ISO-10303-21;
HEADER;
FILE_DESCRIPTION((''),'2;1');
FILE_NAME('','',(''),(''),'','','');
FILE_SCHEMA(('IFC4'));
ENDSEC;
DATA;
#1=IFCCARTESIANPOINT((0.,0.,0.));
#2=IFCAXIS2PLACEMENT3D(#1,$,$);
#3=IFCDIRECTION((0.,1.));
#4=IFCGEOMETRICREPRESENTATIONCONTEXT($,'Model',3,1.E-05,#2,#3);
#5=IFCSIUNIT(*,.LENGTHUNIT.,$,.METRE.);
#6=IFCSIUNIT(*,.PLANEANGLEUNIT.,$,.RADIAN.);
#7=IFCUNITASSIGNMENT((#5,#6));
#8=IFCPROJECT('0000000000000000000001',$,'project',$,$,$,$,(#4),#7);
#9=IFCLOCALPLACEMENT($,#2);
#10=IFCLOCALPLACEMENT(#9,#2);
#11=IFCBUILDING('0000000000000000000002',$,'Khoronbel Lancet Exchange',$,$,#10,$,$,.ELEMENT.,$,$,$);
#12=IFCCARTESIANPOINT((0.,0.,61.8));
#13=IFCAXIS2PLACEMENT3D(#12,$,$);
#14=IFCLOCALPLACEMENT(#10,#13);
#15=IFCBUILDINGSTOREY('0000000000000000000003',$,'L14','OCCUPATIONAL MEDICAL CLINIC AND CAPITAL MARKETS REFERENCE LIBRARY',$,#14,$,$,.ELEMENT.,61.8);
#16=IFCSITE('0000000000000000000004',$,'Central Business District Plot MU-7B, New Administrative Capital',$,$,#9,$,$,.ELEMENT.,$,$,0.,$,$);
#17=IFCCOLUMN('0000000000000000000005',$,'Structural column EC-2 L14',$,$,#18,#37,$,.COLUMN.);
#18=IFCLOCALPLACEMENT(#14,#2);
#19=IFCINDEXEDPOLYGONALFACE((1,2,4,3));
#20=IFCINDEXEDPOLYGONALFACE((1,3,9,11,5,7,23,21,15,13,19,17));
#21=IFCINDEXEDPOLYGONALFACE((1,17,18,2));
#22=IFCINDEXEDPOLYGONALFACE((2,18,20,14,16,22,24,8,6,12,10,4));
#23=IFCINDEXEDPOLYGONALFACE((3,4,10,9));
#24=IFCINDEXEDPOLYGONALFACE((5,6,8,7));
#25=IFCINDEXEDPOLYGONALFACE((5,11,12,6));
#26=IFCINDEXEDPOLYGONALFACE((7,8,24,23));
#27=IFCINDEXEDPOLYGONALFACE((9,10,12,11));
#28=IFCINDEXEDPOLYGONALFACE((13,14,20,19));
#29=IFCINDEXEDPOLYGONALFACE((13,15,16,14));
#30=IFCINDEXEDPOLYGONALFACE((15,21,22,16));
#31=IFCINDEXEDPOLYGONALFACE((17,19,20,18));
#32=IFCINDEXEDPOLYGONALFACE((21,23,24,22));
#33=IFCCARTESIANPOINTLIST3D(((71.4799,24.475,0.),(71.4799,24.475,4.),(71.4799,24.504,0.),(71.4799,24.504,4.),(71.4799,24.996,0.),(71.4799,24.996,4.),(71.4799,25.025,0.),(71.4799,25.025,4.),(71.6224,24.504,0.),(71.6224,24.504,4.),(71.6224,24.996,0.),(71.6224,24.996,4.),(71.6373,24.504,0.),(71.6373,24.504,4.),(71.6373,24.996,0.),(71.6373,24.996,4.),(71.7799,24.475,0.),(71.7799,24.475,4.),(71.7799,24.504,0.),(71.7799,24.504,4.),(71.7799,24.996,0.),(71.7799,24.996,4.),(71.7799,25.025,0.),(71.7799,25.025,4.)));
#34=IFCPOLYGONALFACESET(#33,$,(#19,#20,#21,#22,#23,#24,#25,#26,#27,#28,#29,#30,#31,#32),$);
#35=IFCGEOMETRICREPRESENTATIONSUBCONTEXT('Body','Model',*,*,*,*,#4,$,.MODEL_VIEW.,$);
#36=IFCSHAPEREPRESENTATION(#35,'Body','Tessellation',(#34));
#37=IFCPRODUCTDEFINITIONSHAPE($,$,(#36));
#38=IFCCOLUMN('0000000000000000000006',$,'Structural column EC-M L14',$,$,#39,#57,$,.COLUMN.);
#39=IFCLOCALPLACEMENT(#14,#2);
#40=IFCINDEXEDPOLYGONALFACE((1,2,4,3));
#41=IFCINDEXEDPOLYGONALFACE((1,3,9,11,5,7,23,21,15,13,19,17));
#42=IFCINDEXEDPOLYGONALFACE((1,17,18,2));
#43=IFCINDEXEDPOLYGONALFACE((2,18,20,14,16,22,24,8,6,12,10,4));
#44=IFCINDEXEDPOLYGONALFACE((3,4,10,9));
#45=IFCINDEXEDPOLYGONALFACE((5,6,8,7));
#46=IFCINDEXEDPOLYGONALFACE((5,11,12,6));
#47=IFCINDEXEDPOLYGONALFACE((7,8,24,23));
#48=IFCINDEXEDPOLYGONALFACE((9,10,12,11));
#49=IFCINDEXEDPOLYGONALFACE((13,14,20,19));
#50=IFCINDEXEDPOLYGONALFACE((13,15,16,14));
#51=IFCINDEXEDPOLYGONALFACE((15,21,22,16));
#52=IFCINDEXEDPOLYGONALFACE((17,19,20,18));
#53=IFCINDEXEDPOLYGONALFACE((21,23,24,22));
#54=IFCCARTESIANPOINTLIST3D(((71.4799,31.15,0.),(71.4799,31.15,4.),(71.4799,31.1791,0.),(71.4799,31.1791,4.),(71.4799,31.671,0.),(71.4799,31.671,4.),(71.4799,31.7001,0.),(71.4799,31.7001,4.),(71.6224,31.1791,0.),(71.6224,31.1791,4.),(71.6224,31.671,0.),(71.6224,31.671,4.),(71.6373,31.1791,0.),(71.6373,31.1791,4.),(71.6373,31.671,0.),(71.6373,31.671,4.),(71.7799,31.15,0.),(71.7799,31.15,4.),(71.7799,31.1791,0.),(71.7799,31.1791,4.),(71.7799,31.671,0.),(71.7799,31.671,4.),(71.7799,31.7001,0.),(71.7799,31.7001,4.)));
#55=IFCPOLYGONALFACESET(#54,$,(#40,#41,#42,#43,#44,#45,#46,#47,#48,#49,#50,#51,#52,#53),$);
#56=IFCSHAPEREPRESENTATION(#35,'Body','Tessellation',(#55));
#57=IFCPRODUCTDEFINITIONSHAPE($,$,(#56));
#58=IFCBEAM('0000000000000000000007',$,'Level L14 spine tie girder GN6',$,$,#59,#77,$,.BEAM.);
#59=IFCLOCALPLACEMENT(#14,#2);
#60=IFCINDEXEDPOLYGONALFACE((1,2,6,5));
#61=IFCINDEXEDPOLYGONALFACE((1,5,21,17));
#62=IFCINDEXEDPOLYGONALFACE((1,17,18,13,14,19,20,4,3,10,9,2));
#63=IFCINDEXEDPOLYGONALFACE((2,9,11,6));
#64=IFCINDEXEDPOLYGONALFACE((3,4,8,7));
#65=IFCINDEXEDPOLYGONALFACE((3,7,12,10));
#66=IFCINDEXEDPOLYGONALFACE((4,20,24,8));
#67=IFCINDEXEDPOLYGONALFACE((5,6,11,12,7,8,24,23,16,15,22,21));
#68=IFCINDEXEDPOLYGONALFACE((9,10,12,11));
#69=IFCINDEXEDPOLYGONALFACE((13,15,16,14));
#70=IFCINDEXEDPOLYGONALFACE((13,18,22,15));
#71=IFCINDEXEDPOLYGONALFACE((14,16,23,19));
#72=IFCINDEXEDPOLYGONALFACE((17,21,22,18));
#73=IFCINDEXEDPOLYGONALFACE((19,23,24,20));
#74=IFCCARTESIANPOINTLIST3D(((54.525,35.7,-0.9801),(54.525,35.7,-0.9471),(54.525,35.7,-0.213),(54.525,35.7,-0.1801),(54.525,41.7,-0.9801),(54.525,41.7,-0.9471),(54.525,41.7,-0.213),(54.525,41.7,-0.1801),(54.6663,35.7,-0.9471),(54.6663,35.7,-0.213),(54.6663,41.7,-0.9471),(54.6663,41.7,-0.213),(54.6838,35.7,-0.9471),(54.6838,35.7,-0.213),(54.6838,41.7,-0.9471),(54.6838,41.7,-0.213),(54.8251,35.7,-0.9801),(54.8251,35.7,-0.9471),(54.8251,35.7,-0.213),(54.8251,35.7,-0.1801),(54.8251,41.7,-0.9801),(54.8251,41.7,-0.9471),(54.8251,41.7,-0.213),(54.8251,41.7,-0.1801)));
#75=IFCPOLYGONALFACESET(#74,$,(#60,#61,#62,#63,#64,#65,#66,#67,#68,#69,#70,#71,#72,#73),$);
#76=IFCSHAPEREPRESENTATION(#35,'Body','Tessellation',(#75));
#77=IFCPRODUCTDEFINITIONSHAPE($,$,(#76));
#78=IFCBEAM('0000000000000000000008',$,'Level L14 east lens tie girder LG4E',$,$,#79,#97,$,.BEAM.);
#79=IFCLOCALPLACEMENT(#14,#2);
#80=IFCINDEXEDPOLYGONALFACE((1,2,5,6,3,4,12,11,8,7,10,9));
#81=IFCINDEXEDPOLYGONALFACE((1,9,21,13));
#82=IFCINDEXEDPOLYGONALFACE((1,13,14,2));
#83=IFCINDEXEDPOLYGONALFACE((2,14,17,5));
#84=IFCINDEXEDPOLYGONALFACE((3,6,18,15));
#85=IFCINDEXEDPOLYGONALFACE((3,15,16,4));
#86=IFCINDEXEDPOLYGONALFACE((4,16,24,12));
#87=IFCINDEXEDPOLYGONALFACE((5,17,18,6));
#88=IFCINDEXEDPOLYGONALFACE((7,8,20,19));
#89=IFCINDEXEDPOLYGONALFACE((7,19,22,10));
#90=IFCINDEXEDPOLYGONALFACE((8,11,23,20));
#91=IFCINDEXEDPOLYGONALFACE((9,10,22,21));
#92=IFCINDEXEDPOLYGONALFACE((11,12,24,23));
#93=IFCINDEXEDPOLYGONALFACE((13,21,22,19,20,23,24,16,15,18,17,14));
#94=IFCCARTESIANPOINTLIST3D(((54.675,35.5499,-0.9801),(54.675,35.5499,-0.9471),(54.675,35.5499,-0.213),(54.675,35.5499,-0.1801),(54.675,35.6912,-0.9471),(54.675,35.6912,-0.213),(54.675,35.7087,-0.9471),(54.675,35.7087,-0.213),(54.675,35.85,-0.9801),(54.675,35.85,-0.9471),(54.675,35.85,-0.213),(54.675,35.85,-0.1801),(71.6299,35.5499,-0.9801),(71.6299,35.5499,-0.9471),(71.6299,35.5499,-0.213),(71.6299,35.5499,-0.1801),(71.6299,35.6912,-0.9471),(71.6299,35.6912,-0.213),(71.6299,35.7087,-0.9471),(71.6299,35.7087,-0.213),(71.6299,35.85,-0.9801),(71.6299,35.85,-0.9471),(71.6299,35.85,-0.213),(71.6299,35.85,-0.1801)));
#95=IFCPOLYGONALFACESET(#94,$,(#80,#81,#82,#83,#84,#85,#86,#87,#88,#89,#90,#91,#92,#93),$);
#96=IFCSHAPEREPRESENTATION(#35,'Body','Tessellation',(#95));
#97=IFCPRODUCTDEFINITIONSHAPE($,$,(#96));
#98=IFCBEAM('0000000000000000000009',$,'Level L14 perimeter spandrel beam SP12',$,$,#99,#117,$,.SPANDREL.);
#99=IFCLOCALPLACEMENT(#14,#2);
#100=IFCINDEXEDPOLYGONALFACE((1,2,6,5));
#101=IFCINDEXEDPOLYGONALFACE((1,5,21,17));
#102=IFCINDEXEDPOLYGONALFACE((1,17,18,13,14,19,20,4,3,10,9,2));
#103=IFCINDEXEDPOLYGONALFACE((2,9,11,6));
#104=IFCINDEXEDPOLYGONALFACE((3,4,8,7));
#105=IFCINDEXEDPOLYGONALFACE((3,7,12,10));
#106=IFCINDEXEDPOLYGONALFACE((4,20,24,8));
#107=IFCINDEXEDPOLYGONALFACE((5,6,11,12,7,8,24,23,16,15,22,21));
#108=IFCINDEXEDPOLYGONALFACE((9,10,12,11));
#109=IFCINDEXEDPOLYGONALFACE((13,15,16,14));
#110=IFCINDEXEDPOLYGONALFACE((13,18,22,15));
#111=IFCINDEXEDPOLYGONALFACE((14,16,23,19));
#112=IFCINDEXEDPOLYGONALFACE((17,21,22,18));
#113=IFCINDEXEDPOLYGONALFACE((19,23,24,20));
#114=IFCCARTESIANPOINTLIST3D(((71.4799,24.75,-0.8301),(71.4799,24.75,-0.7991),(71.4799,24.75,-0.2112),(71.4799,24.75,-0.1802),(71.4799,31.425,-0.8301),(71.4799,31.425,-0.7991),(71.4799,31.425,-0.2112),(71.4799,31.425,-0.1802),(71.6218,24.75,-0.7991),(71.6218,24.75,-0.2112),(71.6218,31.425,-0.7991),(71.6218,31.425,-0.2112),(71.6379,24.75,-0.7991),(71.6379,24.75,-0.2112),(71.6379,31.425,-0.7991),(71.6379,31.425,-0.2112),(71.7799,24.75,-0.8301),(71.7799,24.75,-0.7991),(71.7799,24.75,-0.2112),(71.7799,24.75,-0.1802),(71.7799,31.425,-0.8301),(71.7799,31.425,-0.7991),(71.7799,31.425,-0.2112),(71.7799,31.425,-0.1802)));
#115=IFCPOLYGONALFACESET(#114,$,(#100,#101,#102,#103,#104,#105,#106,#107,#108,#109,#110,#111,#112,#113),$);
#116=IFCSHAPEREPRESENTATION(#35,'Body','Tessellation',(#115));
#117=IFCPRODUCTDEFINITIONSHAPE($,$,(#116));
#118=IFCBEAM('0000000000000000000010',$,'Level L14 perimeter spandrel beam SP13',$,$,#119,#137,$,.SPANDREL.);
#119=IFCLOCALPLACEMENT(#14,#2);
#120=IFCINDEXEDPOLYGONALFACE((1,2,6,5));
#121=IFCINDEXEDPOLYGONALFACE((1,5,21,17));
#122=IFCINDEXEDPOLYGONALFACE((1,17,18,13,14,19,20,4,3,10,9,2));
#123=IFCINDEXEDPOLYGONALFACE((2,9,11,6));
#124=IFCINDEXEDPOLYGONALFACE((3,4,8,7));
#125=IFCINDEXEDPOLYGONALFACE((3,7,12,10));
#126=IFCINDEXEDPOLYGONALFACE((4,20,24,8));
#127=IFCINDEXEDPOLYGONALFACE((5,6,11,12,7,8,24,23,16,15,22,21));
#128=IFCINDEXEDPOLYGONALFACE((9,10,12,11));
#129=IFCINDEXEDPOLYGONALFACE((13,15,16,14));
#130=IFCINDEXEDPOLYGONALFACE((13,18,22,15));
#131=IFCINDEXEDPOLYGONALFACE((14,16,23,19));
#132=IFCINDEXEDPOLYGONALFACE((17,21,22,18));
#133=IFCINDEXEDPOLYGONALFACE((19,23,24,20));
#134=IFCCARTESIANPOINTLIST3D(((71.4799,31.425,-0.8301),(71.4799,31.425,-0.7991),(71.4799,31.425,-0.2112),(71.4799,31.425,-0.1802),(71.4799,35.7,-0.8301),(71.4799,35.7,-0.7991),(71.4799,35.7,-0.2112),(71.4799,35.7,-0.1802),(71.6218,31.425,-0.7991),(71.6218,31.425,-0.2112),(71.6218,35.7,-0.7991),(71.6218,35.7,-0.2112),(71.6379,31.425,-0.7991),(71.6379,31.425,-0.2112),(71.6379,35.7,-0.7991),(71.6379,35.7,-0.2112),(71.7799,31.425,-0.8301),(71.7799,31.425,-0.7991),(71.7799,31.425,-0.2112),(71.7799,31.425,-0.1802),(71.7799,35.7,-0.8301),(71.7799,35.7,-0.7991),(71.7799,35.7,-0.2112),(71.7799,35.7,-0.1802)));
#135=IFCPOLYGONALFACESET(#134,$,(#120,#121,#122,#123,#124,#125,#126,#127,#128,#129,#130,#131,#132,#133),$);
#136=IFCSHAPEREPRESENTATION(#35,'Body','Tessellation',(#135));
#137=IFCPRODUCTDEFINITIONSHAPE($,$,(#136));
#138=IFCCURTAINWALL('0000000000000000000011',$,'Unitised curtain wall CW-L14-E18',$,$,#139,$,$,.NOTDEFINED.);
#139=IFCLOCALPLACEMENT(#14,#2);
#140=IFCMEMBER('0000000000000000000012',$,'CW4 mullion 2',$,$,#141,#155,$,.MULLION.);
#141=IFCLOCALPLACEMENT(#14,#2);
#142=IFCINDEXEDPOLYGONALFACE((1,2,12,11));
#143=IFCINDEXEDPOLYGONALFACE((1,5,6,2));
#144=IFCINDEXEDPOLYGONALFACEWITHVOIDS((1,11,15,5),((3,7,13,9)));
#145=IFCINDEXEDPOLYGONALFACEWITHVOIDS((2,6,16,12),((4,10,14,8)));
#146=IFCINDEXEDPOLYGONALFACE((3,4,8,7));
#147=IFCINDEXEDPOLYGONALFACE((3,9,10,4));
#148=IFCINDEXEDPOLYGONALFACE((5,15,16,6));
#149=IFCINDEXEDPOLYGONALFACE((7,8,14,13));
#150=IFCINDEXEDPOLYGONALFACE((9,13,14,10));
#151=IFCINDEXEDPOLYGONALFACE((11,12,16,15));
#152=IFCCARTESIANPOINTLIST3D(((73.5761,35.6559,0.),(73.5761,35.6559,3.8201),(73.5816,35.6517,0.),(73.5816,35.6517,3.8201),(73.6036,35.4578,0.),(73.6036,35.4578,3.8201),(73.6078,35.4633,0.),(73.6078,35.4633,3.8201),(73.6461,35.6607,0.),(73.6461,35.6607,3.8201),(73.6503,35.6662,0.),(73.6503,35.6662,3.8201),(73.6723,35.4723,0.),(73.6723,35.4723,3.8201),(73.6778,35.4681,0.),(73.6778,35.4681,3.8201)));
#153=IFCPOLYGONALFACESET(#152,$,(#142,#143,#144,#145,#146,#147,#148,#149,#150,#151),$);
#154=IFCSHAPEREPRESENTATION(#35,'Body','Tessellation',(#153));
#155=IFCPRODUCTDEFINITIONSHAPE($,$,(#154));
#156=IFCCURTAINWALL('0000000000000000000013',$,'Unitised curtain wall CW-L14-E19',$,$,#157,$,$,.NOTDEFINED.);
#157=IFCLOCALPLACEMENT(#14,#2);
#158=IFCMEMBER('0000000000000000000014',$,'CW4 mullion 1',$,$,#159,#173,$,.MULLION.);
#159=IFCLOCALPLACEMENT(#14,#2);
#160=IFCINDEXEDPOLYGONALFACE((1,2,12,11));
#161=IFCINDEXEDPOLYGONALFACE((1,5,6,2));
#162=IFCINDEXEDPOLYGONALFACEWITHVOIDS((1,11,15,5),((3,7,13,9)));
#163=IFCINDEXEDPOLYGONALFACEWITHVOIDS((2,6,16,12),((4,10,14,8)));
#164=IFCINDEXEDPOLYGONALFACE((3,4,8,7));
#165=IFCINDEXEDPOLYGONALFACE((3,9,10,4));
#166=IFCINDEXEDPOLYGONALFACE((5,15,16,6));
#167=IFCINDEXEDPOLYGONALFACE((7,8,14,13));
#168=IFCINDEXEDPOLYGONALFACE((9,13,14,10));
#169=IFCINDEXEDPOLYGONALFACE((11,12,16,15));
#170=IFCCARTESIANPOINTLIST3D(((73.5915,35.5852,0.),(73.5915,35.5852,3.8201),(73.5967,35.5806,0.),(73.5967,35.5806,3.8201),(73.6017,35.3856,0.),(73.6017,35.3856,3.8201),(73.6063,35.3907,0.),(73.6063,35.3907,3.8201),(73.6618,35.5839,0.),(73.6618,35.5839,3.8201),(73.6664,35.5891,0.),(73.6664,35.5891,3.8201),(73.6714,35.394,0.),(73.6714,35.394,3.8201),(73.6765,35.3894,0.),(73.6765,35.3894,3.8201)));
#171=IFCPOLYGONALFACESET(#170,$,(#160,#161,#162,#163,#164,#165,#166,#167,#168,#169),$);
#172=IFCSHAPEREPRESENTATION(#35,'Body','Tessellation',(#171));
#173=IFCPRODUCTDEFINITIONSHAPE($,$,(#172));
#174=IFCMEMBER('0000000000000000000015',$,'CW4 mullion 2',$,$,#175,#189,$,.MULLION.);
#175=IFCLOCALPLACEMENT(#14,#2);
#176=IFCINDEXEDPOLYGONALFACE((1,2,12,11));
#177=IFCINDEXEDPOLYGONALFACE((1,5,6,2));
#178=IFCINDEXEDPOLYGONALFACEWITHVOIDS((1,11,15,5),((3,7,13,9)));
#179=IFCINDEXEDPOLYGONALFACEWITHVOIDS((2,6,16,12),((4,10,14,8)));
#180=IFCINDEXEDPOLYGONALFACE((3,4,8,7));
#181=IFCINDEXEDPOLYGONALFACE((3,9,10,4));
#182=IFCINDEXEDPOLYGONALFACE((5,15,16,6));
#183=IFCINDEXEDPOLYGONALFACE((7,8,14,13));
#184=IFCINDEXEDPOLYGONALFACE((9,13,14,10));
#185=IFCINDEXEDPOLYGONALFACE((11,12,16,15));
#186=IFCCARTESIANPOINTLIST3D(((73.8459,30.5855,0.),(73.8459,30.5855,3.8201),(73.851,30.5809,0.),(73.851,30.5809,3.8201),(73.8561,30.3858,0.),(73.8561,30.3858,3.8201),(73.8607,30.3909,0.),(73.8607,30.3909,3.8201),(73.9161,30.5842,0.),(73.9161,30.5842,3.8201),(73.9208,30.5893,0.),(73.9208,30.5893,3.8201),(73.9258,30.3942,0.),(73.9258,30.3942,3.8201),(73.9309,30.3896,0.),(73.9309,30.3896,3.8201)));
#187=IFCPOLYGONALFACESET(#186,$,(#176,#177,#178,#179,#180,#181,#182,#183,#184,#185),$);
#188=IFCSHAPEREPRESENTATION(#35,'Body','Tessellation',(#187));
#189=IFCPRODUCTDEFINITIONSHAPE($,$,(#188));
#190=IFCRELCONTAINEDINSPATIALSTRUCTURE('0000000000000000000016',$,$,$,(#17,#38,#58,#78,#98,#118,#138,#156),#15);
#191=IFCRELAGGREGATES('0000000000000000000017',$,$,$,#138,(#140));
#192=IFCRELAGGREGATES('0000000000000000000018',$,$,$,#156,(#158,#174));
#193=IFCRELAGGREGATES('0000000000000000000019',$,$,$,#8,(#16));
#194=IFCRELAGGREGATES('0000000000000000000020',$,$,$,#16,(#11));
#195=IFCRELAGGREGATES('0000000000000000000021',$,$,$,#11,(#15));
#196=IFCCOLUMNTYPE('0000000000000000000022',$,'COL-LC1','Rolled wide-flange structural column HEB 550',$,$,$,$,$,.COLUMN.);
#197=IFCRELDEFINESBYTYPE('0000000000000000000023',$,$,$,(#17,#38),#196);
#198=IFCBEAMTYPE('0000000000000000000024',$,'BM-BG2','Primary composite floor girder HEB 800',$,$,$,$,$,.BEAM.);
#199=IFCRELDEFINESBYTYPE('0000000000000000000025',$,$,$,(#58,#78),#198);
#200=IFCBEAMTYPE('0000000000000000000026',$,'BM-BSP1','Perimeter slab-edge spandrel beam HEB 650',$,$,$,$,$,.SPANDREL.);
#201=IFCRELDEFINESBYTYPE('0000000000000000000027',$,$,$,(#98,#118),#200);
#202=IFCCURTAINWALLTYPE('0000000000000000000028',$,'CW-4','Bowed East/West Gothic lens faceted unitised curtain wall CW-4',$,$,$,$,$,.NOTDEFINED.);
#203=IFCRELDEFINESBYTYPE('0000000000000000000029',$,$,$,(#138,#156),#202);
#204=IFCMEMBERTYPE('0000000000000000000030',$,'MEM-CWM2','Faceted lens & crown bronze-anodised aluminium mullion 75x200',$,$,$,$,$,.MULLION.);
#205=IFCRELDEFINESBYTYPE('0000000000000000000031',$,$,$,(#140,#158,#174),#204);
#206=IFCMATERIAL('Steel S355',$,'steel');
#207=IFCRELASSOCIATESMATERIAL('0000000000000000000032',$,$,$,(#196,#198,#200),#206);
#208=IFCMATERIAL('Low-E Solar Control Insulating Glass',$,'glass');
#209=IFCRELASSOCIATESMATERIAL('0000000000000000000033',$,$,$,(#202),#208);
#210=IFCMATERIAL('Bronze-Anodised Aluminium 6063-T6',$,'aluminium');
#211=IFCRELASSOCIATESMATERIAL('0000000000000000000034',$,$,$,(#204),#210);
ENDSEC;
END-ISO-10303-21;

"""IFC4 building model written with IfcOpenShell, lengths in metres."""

from ifc_helpers import new_model, si_unit, direction, frame, origin, origin_2d, place, context, subcontext, project, spatial, hollow_rectangle, i_section, extrude, material, material_profile, profile_set, type_object, element, aggregate, save


model = new_model("IFC4")

# Units and contexts
model_context = context("Model", 3, precision=1e-05, world=origin(), true_north=direction((0.0, 1.0)))
body_context = subcontext(model_context, "Body", "Model", "MODEL_VIEW")
ifc_project = project(units=[si_unit("LENGTHUNIT", "METRE"), si_unit("PLANEANGLEUNIT", "RADIAN")], contexts=[model_context])

# Site, building, storey
site_placement = place(None, origin())
site = spatial("IfcSite", under=ifc_project, at=site_placement, Name="Central Business District Plot MU-7B, New Administrative Capital", CompositionType="ELEMENT", RefElevation=0.0)
building_placement = place(site_placement, origin())
building = spatial("IfcBuilding", under=site, at=building_placement, Name="Khoronbel Lancet Exchange", CompositionType="ELEMENT")
storey_placement = place(building_placement, frame((0.0, 0.0, 61.8)))
storey = spatial("IfcBuildingStorey", under=building, at=storey_placement, Name="L14", Description="OCCUPATIONAL MEDICAL CLINIC AND CAPITAL MARKETS REFERENCE LIBRARY", CompositionType="ELEMENT", Elevation=61.8)

# Columns
ifc_material_1 = material(Name="Steel S355", Category="steel")
ifc_material_profile_1 = material_profile(ifc_material_1, i_section(OverallWidth=0.3, OverallDepth=0.55, WebThickness=0.0149, FlangeThickness=0.0291, at=origin_2d()), Name="HEB 550")
ifc_profile_set_1 = profile_set([ifc_material_profile_1], Name="Steel S355")
column_type = type_object("IfcColumnType", Name="COL-LC1", Description="Rolled wide-flange structural column HEB 550", PredefinedType="COLUMN", material=ifc_profile_set_1)
for number, where, z_axis, x_axis, name in (
    (1, (71.6299, 24.75, 0.0), (0.0, 0.0, 1.0), (1.0, 0.0, 0.0), "Structural column EC-2 L14"),
    (2, (71.6299, 31.425, 0.0), (0.0, 0.0, 1.0), (1.0, 0.0, 0.0), "Structural column EC-M L14"),
):
    element("IfcColumn", number, at=place(storey_placement, frame(where, z_axis=z_axis, x_axis=x_axis)), inside=storey, type_object=column_type, Name=name, PredefinedType="COLUMN", context=body_context, shape_type="SweptSolid", body=[
        extrude(i_section(OverallWidth=0.3, OverallDepth=0.55, WebThickness=0.0149, FlangeThickness=0.0291, at=origin_2d()), origin(), (0.0, 0.0, 1.0), 4.0),
    ])

# Beams
ifc_material_profile_2 = material_profile(ifc_material_1, i_section(OverallWidth=0.3, OverallDepth=0.8, WebThickness=0.0176, FlangeThickness=0.033, at=origin_2d()), Name="HEB 800")
ifc_profile_set_2 = profile_set([ifc_material_profile_2], Name="Steel S355")
beam_type_1 = type_object("IfcBeamType", Name="BM-BG2", Description="Primary composite floor girder HEB 800", PredefinedType="BEAM", material=ifc_profile_set_2)
beam_1_placement = place(storey_placement, frame((54.675, 35.7, -0.5801), z_axis=(0.0, 1.0, 0.0), x_axis=(-1.0, 0.0, 0.0)))
element("IfcBeam", 3, at=beam_1_placement, inside=storey, type_object=beam_type_1, Name="Level L14 spine tie girder GN6", PredefinedType="BEAM", context=body_context, shape_type="SweptSolid", body=[
    extrude(i_section(OverallWidth=0.3, OverallDepth=0.8, WebThickness=0.0176, FlangeThickness=0.033, at=origin_2d()), origin(), (0.0, 0.0, 1.0), 6.0),
])
beam_2_placement = place(storey_placement, frame((54.675, 35.7, -0.5801), z_axis=(1.0, 0.0, 0.0), x_axis=(0.0, 1.0, 0.0)))
element("IfcBeam", 4, at=beam_2_placement, inside=storey, type_object=beam_type_1, Name="Level L14 east lens tie girder LG4E", PredefinedType="BEAM", context=body_context, shape_type="SweptSolid", body=[
    extrude(i_section(OverallWidth=0.3, OverallDepth=0.8, WebThickness=0.0176, FlangeThickness=0.033, at=origin_2d()), origin(), (0.0, 0.0, 1.0), 16.9548),
])
ifc_material_profile_3 = material_profile(ifc_material_1, i_section(OverallWidth=0.3, OverallDepth=0.6499, WebThickness=0.0161, FlangeThickness=0.031, at=origin_2d()), Name="HEB 650")
ifc_profile_set_3 = profile_set([ifc_material_profile_3], Name="Steel S355")
beam_type_2 = type_object("IfcBeamType", Name="BM-BSP1", Description="Perimeter slab-edge spandrel beam HEB 650", PredefinedType="SPANDREL", material=ifc_profile_set_3)
beam_3_placement = place(storey_placement, frame((71.6299, 24.75, -0.5051), z_axis=(0.0, 1.0, 0.0), x_axis=(-1.0, 0.0, 0.0)))
element("IfcBeam", 5, at=beam_3_placement, inside=storey, type_object=beam_type_2, Name="Level L14 perimeter spandrel beam SP12", PredefinedType="SPANDREL", context=body_context, shape_type="SweptSolid", body=[
    extrude(i_section(OverallWidth=0.3, OverallDepth=0.6499, WebThickness=0.0161, FlangeThickness=0.031, at=origin_2d()), origin(), (0.0, 0.0, 1.0), 6.675),
])
beam_4_placement = place(storey_placement, frame((71.6299, 31.425, -0.5051), z_axis=(0.0, 1.0, 0.0), x_axis=(-1.0, 0.0, 0.0)))
element("IfcBeam", 6, at=beam_4_placement, inside=storey, type_object=beam_type_2, Name="Level L14 perimeter spandrel beam SP13", PredefinedType="SPANDREL", context=body_context, shape_type="SweptSolid", body=[
    extrude(i_section(OverallWidth=0.3, OverallDepth=0.6499, WebThickness=0.0161, FlangeThickness=0.031, at=origin_2d()), origin(), (0.0, 0.0, 1.0), 4.2749),
])

# Curtain wall, member
ifc_material_2 = material(Name="Low-E Solar Control Insulating Glass", Category="glass")
curtain_wall_type = type_object("IfcCurtainWallType", Name="CW-4", Description="Bowed East/West Gothic lens faceted unitised curtain wall CW-4", PredefinedType="NOTDEFINED", material=ifc_material_2)
curtain_wall_1_placement = place(storey_placement, origin())
curtain_wall_1 = element("IfcCurtainWall", 7, at=curtain_wall_1_placement, inside=storey, type_object=curtain_wall_type, Name="Unitised curtain wall CW-L14-E18", PredefinedType="NOTDEFINED")
ifc_material_3 = material(Name="Bronze-Anodised Aluminium 6063-T6", Category="aluminium")
ifc_material_profile_4 = material_profile(ifc_material_3, hollow_rectangle(XDim=0.075, YDim=0.2, WallThickness=0.0049, at=origin_2d()), Name="ALU MULLION 75x200")
ifc_profile_set_4 = profile_set([ifc_material_profile_4], Name="Bronze-Anodised Aluminium 6063-T6")
member_type_1 = type_object("IfcMemberType", Name="MEM-CWM2", Description="Faceted lens & crown bronze-anodised aluminium mullion 75x200", PredefinedType="MULLION", material=ifc_profile_set_4)
member_1_placement = place(storey_placement, frame((73.627, 35.562, 0.0), z_axis=(0.0, 0.0, 1.0), x_axis=(0.990478, 0.137668, 0.0)))
member_1 = element("IfcMember", 8, at=member_1_placement, type_object=member_type_1, Name="CW4 mullion 2", PredefinedType="MULLION", context=body_context, shape_type="SweptSolid", body=[
    extrude(hollow_rectangle(XDim=0.075, YDim=0.2, WallThickness=0.0049, at=origin_2d()), origin(), (0.0, 0.0, 1.0), 3.8201),
])
aggregate(curtain_wall_1, [member_1])

# Curtain wall, members
curtain_wall_2_placement = place(storey_placement, origin())
curtain_wall_2 = element("IfcCurtainWall", 9, at=curtain_wall_2_placement, inside=storey, type_object=curtain_wall_type, Name="Unitised curtain wall CW-L14-E19", PredefinedType="NOTDEFINED")
member_2_placement = place(storey_placement, frame((73.634, 35.4873, 0.0), z_axis=(0.0, 0.0, 1.0), x_axis=(0.998708, 0.050813, 0.0)))
member_2 = element("IfcMember", 10, at=member_2_placement, type_object=member_type_1, Name="CW4 mullion 1", PredefinedType="MULLION", context=body_context, shape_type="SweptSolid", body=[
    extrude(hollow_rectangle(XDim=0.075, YDim=0.2, WallThickness=0.0049, at=origin_2d()), origin(), (0.0, 0.0, 1.0), 3.8201),
])
member_3_placement = place(storey_placement, frame((73.8884, 30.4875, 0.0), z_axis=(0.0, 0.0, 1.0), x_axis=(0.998708, 0.050813, 0.0)))
member_3 = element("IfcMember", 11, at=member_3_placement, type_object=member_type_1, Name="CW4 mullion 2", PredefinedType="MULLION", context=body_context, shape_type="SweptSolid", body=[
    extrude(hollow_rectangle(XDim=0.075, YDim=0.2, WallThickness=0.0049, at=origin_2d()), origin(), (0.0, 0.0, 1.0), 3.8201),
])

aggregate(curtain_wall_2, [member_2, member_3])

save(model, "model.ifc")
